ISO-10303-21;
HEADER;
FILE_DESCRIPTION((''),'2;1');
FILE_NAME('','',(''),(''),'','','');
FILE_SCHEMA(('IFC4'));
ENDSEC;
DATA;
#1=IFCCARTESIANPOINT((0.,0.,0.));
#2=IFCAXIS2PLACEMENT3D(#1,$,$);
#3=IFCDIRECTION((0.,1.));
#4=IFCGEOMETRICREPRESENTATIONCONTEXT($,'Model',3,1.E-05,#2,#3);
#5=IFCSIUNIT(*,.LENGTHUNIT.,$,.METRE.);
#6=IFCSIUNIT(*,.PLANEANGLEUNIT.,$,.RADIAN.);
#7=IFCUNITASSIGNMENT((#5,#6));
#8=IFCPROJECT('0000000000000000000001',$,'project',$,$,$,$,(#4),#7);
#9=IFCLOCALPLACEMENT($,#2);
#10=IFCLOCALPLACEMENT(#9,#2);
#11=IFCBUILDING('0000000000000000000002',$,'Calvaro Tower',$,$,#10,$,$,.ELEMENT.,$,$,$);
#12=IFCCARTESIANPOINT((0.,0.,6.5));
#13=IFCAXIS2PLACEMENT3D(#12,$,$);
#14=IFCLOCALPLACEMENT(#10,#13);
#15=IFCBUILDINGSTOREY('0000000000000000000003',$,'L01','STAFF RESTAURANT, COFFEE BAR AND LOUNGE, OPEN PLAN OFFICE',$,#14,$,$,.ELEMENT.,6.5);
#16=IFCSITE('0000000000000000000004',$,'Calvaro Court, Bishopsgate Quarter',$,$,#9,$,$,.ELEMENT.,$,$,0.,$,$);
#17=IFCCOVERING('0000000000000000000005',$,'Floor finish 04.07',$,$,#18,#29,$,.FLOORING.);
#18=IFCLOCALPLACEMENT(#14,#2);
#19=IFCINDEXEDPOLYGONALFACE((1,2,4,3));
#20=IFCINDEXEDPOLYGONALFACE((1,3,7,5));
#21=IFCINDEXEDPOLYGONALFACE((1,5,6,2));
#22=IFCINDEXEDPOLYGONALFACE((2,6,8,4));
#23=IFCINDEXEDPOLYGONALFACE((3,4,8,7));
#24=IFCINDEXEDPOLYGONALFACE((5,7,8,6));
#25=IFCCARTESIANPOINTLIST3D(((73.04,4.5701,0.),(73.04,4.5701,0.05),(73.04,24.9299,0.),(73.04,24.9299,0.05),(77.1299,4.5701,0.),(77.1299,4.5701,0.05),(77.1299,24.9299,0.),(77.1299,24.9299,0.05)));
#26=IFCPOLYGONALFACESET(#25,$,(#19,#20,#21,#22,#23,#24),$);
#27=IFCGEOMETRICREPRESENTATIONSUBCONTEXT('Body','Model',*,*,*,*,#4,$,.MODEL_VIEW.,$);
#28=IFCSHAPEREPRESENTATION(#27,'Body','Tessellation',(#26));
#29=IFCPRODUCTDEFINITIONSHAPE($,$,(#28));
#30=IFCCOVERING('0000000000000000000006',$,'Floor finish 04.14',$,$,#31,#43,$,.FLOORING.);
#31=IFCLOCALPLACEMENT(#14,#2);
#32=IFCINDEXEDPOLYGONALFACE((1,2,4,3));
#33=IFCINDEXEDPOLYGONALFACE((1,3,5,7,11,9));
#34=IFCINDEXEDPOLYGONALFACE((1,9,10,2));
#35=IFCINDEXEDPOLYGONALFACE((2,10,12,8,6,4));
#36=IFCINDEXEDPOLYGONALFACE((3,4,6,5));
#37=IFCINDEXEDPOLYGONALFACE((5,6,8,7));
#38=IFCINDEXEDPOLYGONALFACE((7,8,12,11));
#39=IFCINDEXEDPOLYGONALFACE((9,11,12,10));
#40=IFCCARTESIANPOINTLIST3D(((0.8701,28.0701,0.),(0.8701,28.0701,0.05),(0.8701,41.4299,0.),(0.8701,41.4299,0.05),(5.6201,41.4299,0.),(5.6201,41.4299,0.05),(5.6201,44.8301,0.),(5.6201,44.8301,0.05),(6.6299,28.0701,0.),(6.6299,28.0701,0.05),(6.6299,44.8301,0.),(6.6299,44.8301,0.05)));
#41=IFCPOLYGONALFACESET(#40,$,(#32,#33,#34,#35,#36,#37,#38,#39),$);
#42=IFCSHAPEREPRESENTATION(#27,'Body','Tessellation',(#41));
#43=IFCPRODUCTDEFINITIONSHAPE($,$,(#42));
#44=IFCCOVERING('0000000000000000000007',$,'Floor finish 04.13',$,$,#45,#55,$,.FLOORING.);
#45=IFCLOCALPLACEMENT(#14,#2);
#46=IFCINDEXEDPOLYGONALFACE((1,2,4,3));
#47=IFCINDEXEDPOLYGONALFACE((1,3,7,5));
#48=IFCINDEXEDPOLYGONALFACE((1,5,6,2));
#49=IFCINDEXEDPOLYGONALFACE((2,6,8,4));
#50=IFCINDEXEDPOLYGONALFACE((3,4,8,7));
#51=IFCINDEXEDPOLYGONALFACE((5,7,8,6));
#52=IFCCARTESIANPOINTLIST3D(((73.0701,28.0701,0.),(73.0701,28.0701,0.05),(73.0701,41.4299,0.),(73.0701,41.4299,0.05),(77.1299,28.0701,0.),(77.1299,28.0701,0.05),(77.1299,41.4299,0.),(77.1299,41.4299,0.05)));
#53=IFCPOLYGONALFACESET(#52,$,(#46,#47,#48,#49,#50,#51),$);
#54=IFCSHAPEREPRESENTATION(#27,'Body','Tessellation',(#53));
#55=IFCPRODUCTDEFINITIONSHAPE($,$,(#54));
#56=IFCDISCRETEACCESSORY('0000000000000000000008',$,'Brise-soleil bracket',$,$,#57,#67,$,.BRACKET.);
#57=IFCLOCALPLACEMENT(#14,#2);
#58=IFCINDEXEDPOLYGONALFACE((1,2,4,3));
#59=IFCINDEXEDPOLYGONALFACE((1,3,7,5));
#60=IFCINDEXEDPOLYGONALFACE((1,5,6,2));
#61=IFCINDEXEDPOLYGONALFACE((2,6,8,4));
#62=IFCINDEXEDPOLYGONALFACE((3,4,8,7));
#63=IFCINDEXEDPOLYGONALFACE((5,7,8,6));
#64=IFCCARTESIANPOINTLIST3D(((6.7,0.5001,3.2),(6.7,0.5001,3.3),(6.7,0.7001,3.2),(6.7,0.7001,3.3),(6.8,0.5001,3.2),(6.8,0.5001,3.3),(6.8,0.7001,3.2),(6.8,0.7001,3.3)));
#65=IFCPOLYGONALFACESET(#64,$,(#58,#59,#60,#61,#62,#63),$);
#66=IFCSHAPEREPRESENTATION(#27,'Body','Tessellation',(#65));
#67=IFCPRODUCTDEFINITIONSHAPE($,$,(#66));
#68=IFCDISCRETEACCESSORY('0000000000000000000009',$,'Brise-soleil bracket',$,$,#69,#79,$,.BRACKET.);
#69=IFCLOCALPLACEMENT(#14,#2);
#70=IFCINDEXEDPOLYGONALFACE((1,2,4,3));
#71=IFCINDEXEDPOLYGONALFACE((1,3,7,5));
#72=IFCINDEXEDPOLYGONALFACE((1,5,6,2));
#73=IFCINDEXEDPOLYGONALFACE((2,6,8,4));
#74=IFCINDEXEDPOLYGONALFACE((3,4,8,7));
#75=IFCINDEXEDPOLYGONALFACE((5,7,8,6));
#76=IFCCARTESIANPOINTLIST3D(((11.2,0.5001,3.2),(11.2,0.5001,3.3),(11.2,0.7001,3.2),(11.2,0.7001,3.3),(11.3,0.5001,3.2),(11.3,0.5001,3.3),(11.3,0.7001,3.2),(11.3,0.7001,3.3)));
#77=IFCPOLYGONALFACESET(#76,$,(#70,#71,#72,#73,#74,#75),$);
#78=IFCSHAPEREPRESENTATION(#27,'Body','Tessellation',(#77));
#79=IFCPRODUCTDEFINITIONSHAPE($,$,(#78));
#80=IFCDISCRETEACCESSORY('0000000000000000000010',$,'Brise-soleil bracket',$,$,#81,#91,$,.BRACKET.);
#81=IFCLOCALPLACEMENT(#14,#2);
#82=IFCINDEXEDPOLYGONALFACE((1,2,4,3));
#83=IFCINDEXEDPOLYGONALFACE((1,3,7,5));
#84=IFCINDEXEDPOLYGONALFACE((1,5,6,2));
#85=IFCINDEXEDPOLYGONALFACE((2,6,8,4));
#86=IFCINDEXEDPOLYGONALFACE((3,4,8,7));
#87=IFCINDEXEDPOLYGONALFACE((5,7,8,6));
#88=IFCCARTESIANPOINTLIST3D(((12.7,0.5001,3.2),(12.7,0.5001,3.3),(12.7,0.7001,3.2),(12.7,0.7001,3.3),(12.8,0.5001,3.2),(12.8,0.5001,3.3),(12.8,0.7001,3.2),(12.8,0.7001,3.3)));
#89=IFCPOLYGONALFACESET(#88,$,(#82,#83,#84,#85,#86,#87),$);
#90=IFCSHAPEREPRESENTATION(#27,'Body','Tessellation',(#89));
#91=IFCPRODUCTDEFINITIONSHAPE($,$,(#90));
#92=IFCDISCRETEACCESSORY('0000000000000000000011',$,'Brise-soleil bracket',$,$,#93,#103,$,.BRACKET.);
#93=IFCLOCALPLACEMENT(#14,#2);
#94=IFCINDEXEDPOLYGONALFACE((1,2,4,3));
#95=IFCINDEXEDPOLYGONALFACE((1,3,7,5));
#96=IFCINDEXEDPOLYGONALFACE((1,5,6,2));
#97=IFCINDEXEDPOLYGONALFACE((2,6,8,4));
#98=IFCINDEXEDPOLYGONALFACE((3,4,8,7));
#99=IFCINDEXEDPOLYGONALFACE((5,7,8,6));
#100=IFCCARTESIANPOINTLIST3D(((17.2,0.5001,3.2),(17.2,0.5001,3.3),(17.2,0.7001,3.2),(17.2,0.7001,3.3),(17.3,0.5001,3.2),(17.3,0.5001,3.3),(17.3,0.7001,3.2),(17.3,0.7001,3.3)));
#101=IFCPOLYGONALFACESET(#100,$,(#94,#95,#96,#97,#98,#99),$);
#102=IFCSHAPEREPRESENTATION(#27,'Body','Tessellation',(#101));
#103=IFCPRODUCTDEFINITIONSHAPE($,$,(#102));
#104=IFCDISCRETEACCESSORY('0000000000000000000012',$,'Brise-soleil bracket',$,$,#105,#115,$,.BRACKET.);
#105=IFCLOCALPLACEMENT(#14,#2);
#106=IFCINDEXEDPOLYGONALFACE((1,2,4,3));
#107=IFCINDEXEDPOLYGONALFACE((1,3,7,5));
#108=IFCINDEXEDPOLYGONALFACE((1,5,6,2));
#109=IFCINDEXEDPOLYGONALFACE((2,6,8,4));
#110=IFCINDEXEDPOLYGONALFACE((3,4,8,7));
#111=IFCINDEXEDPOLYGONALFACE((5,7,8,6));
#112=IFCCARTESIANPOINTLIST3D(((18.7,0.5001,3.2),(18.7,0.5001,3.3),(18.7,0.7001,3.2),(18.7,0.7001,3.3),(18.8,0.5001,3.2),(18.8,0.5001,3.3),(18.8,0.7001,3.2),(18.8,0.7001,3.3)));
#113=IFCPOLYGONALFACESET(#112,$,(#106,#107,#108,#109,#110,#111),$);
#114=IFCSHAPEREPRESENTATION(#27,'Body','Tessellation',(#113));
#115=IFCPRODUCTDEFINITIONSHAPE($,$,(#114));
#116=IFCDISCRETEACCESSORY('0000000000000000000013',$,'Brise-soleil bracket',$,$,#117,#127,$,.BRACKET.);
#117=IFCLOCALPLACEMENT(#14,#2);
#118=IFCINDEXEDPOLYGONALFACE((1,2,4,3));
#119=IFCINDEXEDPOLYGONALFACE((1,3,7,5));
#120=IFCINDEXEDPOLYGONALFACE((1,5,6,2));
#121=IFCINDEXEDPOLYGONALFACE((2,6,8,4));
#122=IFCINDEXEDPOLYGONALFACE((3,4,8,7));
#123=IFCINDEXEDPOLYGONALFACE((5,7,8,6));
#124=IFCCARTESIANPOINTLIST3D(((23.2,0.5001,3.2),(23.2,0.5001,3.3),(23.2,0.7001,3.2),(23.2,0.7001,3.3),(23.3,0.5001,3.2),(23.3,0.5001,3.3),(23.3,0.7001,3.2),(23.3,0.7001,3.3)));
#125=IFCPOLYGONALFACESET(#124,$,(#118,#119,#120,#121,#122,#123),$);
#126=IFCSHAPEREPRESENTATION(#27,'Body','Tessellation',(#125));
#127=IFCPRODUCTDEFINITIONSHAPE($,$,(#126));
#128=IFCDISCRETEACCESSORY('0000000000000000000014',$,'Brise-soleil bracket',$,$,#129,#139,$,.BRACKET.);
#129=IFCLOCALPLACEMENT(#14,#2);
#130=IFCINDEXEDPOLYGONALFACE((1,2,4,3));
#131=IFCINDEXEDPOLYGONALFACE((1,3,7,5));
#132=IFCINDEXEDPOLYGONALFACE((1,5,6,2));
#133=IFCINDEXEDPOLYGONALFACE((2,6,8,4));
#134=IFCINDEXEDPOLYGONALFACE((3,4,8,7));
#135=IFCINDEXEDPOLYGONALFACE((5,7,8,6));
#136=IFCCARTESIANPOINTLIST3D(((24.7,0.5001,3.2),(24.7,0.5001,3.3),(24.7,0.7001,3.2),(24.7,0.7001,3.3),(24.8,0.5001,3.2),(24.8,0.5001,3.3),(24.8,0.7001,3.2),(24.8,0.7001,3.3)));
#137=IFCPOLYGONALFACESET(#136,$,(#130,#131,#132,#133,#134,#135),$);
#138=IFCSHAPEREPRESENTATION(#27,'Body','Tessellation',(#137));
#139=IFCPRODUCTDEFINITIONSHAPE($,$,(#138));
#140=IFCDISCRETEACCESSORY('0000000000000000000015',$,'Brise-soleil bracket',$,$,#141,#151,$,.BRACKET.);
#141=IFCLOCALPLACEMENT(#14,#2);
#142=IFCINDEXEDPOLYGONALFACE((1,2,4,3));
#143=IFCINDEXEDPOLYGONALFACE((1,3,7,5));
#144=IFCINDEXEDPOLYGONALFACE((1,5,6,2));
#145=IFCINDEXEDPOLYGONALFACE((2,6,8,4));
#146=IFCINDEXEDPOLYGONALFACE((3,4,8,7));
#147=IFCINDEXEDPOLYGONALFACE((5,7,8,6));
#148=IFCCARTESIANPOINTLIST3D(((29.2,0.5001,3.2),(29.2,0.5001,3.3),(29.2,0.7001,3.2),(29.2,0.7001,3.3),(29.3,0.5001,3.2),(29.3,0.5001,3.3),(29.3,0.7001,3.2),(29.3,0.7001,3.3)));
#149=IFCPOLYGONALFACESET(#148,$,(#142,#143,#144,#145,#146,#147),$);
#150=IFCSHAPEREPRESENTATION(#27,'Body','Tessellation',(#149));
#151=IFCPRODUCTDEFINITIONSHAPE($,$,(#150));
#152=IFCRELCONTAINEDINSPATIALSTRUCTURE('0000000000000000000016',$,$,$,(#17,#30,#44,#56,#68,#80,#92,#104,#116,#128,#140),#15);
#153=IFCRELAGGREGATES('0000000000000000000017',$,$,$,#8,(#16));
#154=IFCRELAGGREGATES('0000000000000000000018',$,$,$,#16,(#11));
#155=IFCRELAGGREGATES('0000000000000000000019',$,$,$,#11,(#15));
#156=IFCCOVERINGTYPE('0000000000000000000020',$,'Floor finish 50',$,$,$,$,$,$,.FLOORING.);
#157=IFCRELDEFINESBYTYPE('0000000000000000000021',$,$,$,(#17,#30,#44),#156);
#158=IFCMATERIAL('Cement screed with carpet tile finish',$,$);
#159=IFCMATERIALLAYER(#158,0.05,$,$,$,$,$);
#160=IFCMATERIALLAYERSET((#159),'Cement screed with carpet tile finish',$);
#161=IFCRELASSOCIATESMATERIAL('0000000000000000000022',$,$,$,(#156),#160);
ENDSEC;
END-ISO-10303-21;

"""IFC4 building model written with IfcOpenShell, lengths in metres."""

from ifc_helpers import new_model, si_unit, direction, frame, origin, origin_2d, place, context, subcontext, project, spatial, polyline, rectangle, outline, extrude, material, layer, layer_set, type_object, element, save


model = new_model("IFC4")

# Units and contexts
model_context = context("Model", 3, precision=1e-05, world=origin(), true_north=direction((0.0, 1.0)))
body_context = subcontext(model_context, "Body", "Model", "MODEL_VIEW")
ifc_project = project(units=[si_unit("LENGTHUNIT", "METRE"), si_unit("PLANEANGLEUNIT", "RADIAN")], contexts=[model_context])

# Site, building, storey
site_placement = place(None, origin())
site = spatial("IfcSite", under=ifc_project, at=site_placement, Name="Calvaro Court, Bishopsgate Quarter", CompositionType="ELEMENT", RefElevation=0.0)
building_placement = place(site_placement, origin())
building = spatial("IfcBuilding", under=site, at=building_placement, Name="Calvaro Tower", CompositionType="ELEMENT")
storey_placement = place(building_placement, frame((0.0, 0.0, 6.5)))
storey = spatial("IfcBuildingStorey", under=building, at=storey_placement, Name="L01", Description="STAFF RESTAURANT, COFFEE BAR AND LOUNGE, OPEN PLAN OFFICE", CompositionType="ELEMENT", Elevation=6.5)

# Coverings
ifc_material_1 = material(Name="Cement screed with carpet tile finish")
ifc_layer_1 = layer(ifc_material_1, 0.05)
ifc_layer_set_1 = layer_set([ifc_layer_1], Name="Cement screed with carpet tile finish")
covering_type = type_object("IfcCoveringType", Name="Floor finish 50", PredefinedType="FLOORING", material=ifc_layer_set_1)
covering_1_placement = place(storey_placement, origin())
element("IfcCovering", 1, at=covering_1_placement, inside=storey, type_object=covering_type, Name="Floor finish 04.07", PredefinedType="FLOORING", context=body_context, shape_type="SweptSolid", body=[
    extrude(outline(polyline([(73.04, 4.5701), (73.04, 24.9299), (77.1299, 24.9299), (77.1299, 4.5701), (73.04, 4.5701)])), origin(), (0.0, 0.0, 1.0), 0.05),
])
covering_2_placement = place(storey_placement, origin())
element("IfcCovering", 2, at=covering_2_placement, inside=storey, type_object=covering_type, Name="Floor finish 04.14", PredefinedType="FLOORING", context=body_context, shape_type="SweptSolid", body=[
    extrude(outline(polyline([(0.8701, 28.0701), (0.8701, 41.4299), (5.6201, 41.4299), (5.6201, 44.8301), (6.6299, 44.8301), (6.6299, 28.0701), (0.8701, 28.0701)])), origin(), (0.0, 0.0, 1.0), 0.05),
])
covering_3_placement = place(storey_placement, origin())
element("IfcCovering", 3, at=covering_3_placement, inside=storey, type_object=covering_type, Name="Floor finish 04.13", PredefinedType="FLOORING", context=body_context, shape_type="SweptSolid", body=[
    extrude(outline(polyline([(73.0701, 28.0701), (73.0701, 41.4299), (77.1299, 41.4299), (77.1299, 28.0701), (73.0701, 28.0701)])), origin(), (0.0, 0.0, 1.0), 0.05),
])

# Discrete accessories
for number, where, z_axis, x_axis, name in (
    (4, (6.75, 0.6001, 3.2), (0.0, 0.0, 1.0), (1.0, 0.0, 0.0), "Brise-soleil bracket"),
    (5, (11.25, 0.6001, 3.2), (0.0, 0.0, 1.0), (1.0, 0.0, 0.0), "Brise-soleil bracket"),
    (6, (12.75, 0.6001, 3.2), (0.0, 0.0, 1.0), (1.0, 0.0, 0.0), "Brise-soleil bracket"),
    (7, (17.25, 0.6001, 3.2), (0.0, 0.0, 1.0), (1.0, 0.0, 0.0), "Brise-soleil bracket"),
    (8, (18.75, 0.6001, 3.2), (0.0, 0.0, 1.0), (1.0, 0.0, 0.0), "Brise-soleil bracket"),
    (9, (23.25, 0.6001, 3.2), (0.0, 0.0, 1.0), (1.0, 0.0, 0.0), "Brise-soleil bracket"),
    (10, (24.75, 0.6001, 3.2), (0.0, 0.0, 1.0), (1.0, 0.0, 0.0), "Brise-soleil bracket"),
    (11, (29.25, 0.6001, 3.2), (0.0, 0.0, 1.0), (1.0, 0.0, 0.0), "Brise-soleil bracket"),
):
    element("IfcDiscreteAccessory", number, at=place(storey_placement, frame(where, z_axis=z_axis, x_axis=x_axis)), inside=storey, Name=name, PredefinedType="BRACKET", context=body_context, shape_type="SweptSolid", body=[
        extrude(rectangle(XDim=0.1001, YDim=0.2, at=origin_2d()), origin(), (0.0, 0.0, 1.0), 0.1001),
    ])

save(model, "model.ifc")
